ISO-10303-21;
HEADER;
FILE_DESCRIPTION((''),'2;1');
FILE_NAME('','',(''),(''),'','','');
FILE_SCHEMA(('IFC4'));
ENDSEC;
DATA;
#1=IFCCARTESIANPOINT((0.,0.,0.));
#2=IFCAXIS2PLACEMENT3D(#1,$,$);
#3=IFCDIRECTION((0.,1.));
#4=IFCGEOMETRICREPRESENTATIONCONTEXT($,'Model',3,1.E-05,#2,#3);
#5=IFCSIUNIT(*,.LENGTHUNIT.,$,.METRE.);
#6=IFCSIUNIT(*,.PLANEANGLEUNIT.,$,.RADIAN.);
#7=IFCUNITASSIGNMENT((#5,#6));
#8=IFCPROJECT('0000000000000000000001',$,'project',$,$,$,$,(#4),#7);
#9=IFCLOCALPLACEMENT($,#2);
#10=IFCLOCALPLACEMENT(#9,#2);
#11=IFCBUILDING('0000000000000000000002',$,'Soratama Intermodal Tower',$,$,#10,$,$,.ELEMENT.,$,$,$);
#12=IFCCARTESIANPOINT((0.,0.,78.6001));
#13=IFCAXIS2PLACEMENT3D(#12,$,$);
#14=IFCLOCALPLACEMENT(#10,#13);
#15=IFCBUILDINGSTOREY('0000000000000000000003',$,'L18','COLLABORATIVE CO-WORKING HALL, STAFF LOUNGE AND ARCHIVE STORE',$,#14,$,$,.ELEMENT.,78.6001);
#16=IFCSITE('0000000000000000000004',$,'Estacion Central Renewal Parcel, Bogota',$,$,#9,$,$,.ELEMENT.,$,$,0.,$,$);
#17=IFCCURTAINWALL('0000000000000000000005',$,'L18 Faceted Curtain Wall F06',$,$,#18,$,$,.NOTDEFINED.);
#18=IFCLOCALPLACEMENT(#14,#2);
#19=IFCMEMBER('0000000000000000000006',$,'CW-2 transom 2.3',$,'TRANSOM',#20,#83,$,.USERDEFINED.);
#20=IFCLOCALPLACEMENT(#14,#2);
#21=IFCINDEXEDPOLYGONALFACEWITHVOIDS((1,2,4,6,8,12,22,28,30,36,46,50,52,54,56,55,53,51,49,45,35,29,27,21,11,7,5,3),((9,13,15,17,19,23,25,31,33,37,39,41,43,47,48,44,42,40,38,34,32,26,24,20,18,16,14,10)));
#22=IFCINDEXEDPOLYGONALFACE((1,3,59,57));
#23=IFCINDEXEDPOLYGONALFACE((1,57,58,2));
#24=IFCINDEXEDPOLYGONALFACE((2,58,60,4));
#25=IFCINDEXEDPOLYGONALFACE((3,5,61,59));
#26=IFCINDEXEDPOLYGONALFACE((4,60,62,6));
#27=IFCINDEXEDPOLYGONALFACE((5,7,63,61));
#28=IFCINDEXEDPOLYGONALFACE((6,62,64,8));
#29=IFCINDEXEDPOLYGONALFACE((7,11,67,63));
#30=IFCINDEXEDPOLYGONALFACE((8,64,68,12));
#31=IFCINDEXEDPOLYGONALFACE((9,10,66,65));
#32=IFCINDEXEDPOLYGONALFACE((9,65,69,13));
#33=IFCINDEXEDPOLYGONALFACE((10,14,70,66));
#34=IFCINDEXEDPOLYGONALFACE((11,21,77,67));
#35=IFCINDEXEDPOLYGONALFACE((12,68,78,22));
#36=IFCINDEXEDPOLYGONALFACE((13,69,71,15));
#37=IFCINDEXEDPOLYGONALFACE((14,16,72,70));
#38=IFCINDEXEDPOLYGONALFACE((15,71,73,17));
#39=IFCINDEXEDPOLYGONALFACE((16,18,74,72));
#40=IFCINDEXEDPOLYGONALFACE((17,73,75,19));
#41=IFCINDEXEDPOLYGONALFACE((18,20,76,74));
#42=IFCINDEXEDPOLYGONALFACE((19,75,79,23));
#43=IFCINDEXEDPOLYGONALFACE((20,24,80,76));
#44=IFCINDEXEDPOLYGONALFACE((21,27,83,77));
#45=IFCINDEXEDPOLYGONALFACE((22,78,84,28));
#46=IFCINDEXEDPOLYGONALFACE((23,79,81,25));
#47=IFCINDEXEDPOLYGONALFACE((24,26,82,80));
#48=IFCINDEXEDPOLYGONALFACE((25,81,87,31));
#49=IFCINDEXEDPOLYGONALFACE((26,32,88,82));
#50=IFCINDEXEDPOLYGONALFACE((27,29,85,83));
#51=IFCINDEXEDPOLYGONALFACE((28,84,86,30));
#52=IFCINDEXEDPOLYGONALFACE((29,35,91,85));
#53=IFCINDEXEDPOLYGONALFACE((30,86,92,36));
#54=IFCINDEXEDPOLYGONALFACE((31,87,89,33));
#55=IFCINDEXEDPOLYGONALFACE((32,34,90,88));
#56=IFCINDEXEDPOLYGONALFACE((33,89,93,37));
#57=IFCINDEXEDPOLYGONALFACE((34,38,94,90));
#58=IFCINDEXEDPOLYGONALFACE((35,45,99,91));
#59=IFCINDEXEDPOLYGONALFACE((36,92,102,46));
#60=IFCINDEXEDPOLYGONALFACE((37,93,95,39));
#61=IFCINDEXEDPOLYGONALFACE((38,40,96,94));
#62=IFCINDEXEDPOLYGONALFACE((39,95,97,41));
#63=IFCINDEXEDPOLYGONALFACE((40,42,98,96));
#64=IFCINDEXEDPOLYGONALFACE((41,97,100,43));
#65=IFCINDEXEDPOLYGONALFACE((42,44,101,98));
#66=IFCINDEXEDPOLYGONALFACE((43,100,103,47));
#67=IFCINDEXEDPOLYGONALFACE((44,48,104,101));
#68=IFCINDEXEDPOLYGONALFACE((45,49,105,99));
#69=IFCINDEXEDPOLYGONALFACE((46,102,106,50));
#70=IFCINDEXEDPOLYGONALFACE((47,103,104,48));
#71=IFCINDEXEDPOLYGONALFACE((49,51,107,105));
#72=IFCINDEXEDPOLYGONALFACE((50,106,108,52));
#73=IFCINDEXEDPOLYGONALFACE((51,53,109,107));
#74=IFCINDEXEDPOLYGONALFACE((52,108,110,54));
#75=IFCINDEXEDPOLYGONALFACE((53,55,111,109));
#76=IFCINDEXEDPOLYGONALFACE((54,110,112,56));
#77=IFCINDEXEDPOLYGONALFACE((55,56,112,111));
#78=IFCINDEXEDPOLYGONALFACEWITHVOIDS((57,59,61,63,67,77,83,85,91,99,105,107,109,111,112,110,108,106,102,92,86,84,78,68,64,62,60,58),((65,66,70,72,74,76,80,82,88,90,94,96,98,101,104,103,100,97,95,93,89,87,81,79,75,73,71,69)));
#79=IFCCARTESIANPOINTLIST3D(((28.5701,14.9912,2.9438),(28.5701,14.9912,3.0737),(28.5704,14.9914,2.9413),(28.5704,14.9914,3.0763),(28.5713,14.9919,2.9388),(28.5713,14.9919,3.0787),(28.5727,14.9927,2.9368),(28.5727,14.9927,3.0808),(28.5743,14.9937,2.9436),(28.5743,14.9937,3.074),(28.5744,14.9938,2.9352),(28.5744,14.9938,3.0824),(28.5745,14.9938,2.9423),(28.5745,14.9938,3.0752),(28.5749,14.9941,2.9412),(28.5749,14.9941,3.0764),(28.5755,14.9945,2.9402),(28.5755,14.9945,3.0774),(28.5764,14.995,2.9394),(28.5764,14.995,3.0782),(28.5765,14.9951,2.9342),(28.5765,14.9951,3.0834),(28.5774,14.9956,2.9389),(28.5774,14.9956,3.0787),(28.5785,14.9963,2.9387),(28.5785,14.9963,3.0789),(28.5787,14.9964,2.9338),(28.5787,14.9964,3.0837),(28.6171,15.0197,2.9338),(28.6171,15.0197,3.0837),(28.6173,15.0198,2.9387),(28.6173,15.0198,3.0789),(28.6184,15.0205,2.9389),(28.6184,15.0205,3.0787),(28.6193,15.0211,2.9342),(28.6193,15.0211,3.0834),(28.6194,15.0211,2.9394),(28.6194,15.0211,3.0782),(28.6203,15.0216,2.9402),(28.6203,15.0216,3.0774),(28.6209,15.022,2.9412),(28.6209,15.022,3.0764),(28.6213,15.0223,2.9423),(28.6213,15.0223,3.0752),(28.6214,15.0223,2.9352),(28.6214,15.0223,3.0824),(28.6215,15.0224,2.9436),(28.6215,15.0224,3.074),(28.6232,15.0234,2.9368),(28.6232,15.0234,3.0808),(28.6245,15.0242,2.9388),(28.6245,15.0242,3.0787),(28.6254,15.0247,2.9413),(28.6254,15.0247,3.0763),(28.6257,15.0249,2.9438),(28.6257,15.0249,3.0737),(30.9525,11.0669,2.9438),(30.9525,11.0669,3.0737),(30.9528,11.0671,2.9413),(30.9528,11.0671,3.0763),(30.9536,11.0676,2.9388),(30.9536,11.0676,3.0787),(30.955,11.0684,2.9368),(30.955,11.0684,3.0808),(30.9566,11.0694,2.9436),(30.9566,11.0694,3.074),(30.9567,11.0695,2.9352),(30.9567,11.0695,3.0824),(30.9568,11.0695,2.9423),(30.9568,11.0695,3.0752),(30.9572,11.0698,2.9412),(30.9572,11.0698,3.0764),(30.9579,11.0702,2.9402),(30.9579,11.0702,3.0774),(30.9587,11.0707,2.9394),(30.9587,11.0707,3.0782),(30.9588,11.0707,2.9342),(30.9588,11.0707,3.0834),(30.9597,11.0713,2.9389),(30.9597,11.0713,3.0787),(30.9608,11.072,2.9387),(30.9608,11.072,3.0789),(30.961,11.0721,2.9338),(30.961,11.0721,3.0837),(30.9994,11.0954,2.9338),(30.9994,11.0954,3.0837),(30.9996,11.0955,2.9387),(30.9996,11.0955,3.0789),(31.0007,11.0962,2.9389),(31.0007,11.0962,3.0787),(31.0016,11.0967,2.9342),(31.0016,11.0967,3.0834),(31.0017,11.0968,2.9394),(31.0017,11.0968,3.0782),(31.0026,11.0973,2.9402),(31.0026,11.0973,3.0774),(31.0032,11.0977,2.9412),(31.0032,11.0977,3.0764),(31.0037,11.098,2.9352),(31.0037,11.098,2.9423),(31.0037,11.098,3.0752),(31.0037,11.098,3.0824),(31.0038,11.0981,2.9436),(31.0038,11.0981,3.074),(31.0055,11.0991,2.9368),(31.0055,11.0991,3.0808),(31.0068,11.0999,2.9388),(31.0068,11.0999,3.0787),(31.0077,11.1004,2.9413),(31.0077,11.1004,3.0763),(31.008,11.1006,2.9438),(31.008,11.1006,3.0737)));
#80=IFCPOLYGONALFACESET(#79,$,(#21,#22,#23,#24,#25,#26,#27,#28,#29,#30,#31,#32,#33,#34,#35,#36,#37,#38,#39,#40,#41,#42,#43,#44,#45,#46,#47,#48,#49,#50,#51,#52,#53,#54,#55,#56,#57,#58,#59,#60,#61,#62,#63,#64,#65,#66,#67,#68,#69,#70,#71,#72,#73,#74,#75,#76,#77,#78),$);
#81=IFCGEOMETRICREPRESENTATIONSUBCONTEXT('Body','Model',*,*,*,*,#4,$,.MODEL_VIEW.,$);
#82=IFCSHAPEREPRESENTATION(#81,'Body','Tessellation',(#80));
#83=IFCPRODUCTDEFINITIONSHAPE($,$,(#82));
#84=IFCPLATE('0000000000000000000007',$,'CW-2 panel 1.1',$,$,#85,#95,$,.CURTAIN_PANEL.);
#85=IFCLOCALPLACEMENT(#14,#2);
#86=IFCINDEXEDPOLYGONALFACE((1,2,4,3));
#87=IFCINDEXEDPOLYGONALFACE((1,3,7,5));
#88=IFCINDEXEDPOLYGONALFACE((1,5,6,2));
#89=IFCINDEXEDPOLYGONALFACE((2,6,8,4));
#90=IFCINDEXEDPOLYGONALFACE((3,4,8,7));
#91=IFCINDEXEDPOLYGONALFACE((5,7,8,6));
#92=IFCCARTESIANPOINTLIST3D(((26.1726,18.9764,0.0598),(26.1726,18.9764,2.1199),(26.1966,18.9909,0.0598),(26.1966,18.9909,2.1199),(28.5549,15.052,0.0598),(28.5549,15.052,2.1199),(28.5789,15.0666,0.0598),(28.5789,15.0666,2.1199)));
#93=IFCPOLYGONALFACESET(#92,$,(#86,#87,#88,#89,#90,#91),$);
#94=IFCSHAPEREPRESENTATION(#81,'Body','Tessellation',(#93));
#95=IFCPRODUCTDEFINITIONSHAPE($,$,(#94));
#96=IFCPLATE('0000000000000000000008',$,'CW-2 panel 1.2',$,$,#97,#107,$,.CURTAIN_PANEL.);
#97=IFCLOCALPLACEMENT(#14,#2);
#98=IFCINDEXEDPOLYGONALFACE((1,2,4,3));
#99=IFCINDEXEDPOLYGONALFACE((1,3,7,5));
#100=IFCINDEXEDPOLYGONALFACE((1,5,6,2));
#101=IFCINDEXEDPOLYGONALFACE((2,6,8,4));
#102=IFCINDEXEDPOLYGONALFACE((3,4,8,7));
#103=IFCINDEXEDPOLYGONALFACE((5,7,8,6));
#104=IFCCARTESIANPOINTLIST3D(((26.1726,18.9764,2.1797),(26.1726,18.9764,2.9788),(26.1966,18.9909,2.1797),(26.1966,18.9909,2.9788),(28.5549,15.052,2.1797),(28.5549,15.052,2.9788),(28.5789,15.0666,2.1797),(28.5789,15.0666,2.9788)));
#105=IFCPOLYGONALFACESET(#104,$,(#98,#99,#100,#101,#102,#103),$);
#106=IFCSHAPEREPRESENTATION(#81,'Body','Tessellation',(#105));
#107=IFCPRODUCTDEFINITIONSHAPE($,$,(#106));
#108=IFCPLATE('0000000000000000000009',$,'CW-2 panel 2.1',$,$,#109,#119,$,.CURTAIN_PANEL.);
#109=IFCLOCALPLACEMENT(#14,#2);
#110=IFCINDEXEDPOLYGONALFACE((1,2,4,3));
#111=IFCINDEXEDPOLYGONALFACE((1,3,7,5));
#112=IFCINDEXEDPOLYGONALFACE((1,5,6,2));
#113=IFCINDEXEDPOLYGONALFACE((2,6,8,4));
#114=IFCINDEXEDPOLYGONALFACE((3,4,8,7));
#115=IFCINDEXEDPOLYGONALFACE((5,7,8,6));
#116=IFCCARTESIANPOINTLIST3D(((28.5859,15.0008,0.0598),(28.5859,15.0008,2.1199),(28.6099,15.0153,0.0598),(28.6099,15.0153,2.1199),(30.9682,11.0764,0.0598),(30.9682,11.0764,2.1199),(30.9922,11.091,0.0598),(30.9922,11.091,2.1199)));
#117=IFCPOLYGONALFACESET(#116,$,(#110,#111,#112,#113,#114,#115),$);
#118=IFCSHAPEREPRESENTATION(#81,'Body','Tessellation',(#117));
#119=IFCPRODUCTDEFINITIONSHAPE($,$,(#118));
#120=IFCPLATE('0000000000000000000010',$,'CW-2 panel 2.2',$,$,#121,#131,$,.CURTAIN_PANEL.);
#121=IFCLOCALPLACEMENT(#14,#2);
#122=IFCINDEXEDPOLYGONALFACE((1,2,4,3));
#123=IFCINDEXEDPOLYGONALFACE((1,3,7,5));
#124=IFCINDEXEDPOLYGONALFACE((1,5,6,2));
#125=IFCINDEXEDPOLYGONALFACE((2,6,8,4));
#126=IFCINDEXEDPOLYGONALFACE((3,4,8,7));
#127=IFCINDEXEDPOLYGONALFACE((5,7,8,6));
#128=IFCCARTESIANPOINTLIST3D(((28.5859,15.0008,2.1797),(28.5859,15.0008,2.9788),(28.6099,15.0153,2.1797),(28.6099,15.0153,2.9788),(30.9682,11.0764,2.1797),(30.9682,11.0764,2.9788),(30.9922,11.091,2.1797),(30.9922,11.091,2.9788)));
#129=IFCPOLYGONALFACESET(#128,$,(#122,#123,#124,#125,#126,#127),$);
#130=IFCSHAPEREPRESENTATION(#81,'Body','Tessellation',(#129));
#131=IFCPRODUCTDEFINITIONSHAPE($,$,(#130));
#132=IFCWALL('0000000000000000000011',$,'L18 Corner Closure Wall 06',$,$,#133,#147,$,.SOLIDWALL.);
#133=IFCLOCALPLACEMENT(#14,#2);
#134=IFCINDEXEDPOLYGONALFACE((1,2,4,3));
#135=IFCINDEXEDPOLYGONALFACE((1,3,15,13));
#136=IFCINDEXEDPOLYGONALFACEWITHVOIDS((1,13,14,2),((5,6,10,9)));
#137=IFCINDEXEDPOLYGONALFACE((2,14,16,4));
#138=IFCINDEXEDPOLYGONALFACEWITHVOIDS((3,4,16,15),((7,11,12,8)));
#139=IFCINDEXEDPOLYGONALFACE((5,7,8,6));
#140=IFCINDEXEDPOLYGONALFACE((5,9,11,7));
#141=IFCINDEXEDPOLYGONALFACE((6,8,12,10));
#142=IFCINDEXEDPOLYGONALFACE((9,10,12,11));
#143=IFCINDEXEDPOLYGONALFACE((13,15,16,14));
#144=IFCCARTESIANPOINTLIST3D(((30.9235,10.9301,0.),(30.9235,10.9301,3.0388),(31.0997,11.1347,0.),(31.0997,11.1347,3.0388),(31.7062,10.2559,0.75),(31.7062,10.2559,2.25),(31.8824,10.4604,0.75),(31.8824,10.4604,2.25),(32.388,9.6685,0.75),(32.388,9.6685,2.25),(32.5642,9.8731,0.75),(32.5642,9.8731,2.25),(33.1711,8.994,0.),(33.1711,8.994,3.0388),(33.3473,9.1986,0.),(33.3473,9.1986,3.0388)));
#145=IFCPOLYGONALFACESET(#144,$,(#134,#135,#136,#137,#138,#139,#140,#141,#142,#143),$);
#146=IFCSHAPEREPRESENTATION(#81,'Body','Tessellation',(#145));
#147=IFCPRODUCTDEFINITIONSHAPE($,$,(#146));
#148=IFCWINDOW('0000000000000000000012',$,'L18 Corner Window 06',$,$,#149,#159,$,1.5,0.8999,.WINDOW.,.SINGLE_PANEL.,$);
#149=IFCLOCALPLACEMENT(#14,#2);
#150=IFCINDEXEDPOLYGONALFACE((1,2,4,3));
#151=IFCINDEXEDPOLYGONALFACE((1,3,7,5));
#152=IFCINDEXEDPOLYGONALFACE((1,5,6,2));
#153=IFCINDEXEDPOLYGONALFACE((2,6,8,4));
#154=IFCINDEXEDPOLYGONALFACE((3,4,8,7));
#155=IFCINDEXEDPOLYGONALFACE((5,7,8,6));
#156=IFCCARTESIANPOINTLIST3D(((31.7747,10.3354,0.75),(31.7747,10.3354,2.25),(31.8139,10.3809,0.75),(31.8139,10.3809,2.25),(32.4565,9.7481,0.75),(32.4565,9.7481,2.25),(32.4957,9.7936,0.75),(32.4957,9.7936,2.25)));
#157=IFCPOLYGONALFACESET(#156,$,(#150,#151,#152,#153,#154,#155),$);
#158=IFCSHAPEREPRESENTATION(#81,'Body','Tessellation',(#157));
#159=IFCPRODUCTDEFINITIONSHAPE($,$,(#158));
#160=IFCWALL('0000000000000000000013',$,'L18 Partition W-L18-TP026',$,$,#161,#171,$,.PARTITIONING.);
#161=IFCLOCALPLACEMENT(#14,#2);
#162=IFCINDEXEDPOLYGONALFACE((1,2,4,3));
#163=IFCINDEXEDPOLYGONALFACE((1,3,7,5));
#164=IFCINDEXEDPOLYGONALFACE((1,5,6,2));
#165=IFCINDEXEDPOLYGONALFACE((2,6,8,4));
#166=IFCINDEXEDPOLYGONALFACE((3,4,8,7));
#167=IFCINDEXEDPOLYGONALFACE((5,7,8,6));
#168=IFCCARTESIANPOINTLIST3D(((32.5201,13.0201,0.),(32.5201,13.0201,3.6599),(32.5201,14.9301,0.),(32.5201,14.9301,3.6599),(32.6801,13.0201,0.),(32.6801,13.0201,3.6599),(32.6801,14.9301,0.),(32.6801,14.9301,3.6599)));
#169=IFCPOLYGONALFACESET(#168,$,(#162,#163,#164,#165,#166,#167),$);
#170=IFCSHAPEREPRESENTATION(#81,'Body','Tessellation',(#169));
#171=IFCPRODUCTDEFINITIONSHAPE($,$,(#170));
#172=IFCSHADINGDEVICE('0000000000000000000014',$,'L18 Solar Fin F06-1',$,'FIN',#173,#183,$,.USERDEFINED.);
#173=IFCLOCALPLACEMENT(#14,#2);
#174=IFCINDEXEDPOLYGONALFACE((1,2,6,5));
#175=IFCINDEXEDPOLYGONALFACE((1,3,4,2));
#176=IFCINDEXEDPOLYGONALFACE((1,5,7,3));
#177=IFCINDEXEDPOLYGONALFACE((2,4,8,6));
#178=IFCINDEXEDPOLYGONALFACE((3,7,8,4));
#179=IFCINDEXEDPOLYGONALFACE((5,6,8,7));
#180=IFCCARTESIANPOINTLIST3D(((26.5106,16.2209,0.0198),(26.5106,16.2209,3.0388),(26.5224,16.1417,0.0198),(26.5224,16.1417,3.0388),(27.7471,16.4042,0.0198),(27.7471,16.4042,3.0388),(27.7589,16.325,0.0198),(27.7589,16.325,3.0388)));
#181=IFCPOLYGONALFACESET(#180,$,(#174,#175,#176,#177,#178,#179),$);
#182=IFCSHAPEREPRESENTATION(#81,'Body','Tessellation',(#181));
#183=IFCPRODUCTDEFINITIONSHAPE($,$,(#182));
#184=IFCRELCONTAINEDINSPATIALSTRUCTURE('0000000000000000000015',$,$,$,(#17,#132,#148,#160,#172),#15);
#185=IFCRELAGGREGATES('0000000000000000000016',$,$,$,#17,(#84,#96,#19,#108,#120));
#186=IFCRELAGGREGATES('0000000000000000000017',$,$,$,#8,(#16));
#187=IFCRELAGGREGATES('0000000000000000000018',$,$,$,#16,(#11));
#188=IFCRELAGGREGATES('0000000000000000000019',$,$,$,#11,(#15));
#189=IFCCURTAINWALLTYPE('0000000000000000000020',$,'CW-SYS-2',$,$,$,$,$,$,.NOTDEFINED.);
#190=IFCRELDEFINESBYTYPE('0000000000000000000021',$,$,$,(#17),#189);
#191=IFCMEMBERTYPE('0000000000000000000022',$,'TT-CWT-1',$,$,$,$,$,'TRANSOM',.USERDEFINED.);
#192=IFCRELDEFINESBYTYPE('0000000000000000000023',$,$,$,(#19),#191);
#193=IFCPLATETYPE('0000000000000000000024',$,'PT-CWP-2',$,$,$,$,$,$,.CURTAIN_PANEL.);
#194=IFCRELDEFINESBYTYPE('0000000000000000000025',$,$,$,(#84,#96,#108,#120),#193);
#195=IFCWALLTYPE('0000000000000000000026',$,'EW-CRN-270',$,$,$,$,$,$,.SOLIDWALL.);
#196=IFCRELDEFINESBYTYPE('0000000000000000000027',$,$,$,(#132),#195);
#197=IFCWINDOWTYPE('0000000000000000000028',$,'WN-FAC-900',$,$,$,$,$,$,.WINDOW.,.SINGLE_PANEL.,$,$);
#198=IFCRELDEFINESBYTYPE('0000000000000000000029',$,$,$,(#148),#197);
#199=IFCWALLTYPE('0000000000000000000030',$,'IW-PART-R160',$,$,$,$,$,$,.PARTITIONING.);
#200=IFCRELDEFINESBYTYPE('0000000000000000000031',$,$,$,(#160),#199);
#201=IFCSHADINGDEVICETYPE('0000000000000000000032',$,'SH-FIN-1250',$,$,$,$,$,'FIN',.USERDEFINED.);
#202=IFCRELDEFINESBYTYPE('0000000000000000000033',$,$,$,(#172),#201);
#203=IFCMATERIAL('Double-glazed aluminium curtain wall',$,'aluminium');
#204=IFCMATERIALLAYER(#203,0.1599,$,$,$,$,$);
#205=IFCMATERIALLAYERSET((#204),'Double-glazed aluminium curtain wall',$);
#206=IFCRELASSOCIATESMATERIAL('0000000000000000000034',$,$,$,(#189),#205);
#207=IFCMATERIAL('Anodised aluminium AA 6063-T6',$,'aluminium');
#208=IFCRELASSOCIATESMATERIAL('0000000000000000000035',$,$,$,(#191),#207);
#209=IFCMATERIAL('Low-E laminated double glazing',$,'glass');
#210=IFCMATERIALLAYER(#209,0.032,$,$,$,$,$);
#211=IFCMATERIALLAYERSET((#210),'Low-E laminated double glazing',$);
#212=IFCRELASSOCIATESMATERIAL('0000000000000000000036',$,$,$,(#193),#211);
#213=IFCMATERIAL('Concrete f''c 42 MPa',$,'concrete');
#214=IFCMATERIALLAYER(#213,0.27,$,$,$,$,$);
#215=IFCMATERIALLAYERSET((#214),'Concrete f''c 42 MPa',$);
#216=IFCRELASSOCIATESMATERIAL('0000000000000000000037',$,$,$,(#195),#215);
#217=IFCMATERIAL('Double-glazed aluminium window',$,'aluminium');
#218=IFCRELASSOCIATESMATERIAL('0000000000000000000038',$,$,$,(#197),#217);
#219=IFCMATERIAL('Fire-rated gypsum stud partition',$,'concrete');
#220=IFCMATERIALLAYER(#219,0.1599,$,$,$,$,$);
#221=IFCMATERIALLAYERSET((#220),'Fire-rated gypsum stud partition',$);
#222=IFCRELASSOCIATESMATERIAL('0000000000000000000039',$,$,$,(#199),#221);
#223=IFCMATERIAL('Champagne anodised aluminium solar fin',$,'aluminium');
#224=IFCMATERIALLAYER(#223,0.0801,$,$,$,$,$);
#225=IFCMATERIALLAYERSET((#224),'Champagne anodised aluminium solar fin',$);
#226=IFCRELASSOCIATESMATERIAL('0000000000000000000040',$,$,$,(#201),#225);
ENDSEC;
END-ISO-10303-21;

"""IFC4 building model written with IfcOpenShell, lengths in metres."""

from ifc_helpers import new_model, si_unit, direction, frame, frame_2d, origin, origin_2d, place, context, subcontext, project, spatial, rectangle, hollow_rectangle, extrude, material, layer, layer_set, material_profile, profile_set, type_object, element, fill, aggregate, save


model = new_model("IFC4")

# Units and contexts
model_context = context("Model", 3, precision=1e-05, world=origin(), true_north=direction((0.0, 1.0)))
body_context = subcontext(model_context, "Body", "Model", "MODEL_VIEW")
ifc_project = project(units=[si_unit("LENGTHUNIT", "METRE"), si_unit("PLANEANGLEUNIT", "RADIAN")], contexts=[model_context])

# Site, building, storey
site_placement = place(None, origin())
site = spatial("IfcSite", under=ifc_project, at=site_placement, Name="Estacion Central Renewal Parcel, Bogota", CompositionType="ELEMENT", RefElevation=0.0)
building_placement = place(site_placement, origin())
building = spatial("IfcBuilding", under=site, at=building_placement, Name="Soratama Intermodal Tower", CompositionType="ELEMENT")
storey_placement = place(building_placement, frame((0.0, 0.0, 78.6001)))
storey = spatial("IfcBuildingStorey", under=building, at=storey_placement, Name="L18", Description="COLLABORATIVE CO-WORKING HALL, STAFF LOUNGE AND ARCHIVE STORE", CompositionType="ELEMENT", Elevation=78.6001)

# Curtain wall, member, plates
ifc_material_1 = material(Name="Double-glazed aluminium curtain wall", Category="aluminium")
ifc_layer_1 = layer(ifc_material_1, 0.1599)
ifc_layer_set_1 = layer_set([ifc_layer_1], Name="Double-glazed aluminium curtain wall")
curtain_wall_type = type_object("IfcCurtainWallType", Name="CW-SYS-2", PredefinedType="NOTDEFINED", material=ifc_layer_set_1)
curtain_wall_placement = place(storey_placement, origin())
curtain_wall = element("IfcCurtainWall", 1, at=curtain_wall_placement, inside=storey, type_object=curtain_wall_type, Name="L18 Faceted Curtain Wall F06", PredefinedType="NOTDEFINED")
ifc_material_2 = material(Name="Anodised aluminium AA 6063-T6", Category="aluminium")
ifc_material_profile_1 = material_profile(ifc_material_2, hollow_rectangle(XDim=0.0649, YDim=0.1499, WallThickness=0.0049, InnerFilletRadius=0.0049, OuterFilletRadius=0.01, at=origin_2d()), Name="CWT150X65X5")
ifc_profile_set_1 = profile_set([ifc_material_profile_1], Name="Anodised aluminium AA 6063-T6")
member_type_1 = type_object("IfcMemberType", Name="TT-CWT-1", ElementType="TRANSOM", PredefinedType="USERDEFINED", material=ifc_profile_set_1)
member_1_placement = place(storey_placement, frame((28.5979, 15.0081, 3.0088), z_axis=(0.518931, -0.854816, 0.0), x_axis=(0.854816, 0.518931, 0.0)))
member_1 = element("IfcMember", 2, at=member_1_placement, type_object=member_type_1, Name="CW-2 transom 2.3", ObjectType="TRANSOM", PredefinedType="USERDEFINED", context=body_context, shape_type="SweptSolid", body=[
    extrude(hollow_rectangle(XDim=0.0649, YDim=0.1499, WallThickness=0.0049, InnerFilletRadius=0.0049, OuterFilletRadius=0.01, at=origin_2d()), origin(), (0.0, 0.0, 1.0), 4.5908),
])
ifc_material_3 = material(Name="Low-E laminated double glazing", Category="glass")
ifc_layer_2 = layer(ifc_material_3, 0.032)
ifc_layer_set_2 = layer_set([ifc_layer_2], Name="Low-E laminated double glazing")
plate_type = type_object("IfcPlateType", Name="PT-CWP-2", PredefinedType="CURTAIN_PANEL", material=ifc_layer_set_2)
plate_1_placement = place(storey_placement, frame((27.3757, 17.0215, 0.0598), z_axis=(0.0, 0.0, 1.0), x_axis=(0.518923, -0.854821, 0.0)))
plate_1 = element("IfcPlate", 3, at=plate_1_placement, type_object=plate_type, Name="CW-2 panel 1.1", PredefinedType="CURTAIN_PANEL", context=body_context, shape_type="SweptSolid", body=[
    extrude(rectangle(XDim=4.5908, YDim=0.0281, at=origin_2d()), origin(), (0.0, 0.0, 1.0), 2.0601),
])
plate_2_placement = place(storey_placement, frame((27.3757, 17.0215, 2.1797), z_axis=(0.0, 0.0, 1.0), x_axis=(0.518923, -0.854821, 0.0)))
plate_2 = element("IfcPlate", 4, at=plate_2_placement, type_object=plate_type, Name="CW-2 panel 1.2", PredefinedType="CURTAIN_PANEL", context=body_context, shape_type="SweptSolid", body=[
    extrude(rectangle(XDim=4.5908, YDim=0.0281, at=origin_2d()), origin(), (0.0, 0.0, 1.0), 0.7991),
])
plate_3_placement = place(storey_placement, frame((29.7891, 13.0459, 0.0598), z_axis=(0.0, 0.0, 1.0), x_axis=(0.518923, -0.854821, 0.0)))
plate_3 = element("IfcPlate", 5, at=plate_3_placement, type_object=plate_type, Name="CW-2 panel 2.1", PredefinedType="CURTAIN_PANEL", context=body_context, shape_type="SweptSolid", body=[
    extrude(rectangle(XDim=4.5908, YDim=0.0281, at=origin_2d()), origin(), (0.0, 0.0, 1.0), 2.0601),
])
plate_4_placement = place(storey_placement, frame((29.7891, 13.0459, 2.1797), z_axis=(0.0, 0.0, 1.0), x_axis=(0.518923, -0.854821, 0.0)))
plate_4 = element("IfcPlate", 6, at=plate_4_placement, type_object=plate_type, Name="CW-2 panel 2.2", PredefinedType="CURTAIN_PANEL", context=body_context, shape_type="SweptSolid", body=[
    extrude(rectangle(XDim=4.5908, YDim=0.0281, at=origin_2d()), origin(), (0.0, 0.0, 1.0), 0.7991),
])
aggregate(curtain_wall, [plate_1, plate_2, member_1, plate_3, plate_4])

# Wall, opening, window
ifc_material_4 = material(Name="Concrete f'c 42 MPa", Category="concrete")
ifc_layer_3 = layer(ifc_material_4, 0.27)
ifc_layer_set_3 = layer_set([ifc_layer_3], Name="Concrete f'c 42 MPa")
wall_type_1 = type_object("IfcWallType", Name="EW-CRN-270", PredefinedType="SOLIDWALL", material=ifc_layer_set_3)
wall_1_placement = place(storey_placement, frame((31.0115, 11.0325, 0.0), z_axis=(0.0, 0.0, 1.0), x_axis=(0.757663, -0.652647, 0.0)))
wall_1 = element("IfcWall", 7, at=wall_1_placement, inside=storey, type_object=wall_type_1, Name="L18 Corner Closure Wall 06", PredefinedType="SOLIDWALL", context=body_context, shape_type="SweptSolid", body=[
    extrude(rectangle(XDim=2.9666, YDim=0.27, at=frame_2d((1.4834, 0.0))), origin(), (0.0, 0.0, 1.0), 3.0388),
])
opening_placement = place(wall_1_placement, frame((1.0332, 0.0, 0.75)))
opening = element("IfcOpeningElement", 8, at=opening_placement, cuts=wall_1, PredefinedType="OPENING", context=body_context, shape_type="SweptSolid", body=[
    extrude(rectangle(XDim=0.8999, YDim=1.5, at=frame_2d((0.45, 0.75))), frame((0.0, 0.145, 0.0), z_axis=(0.0, -1.0, 0.0), x_axis=(1.0, 0.0, 0.0)), (0.0, 0.0, 1.0), 0.29),
])
ifc_material_5 = material(Name="Double-glazed aluminium window", Category="aluminium")
window_type = type_object("IfcWindowType", Name="WN-FAC-900", PartitioningType="SINGLE_PANEL", PredefinedType="WINDOW", material=ifc_material_5)
window_placement = place(opening_placement, origin())
window = element("IfcWindow", 9, at=window_placement, inside=storey, type_object=window_type, Name="L18 Corner Window 06", OverallHeight=1.5, OverallWidth=0.8999, PartitioningType="SINGLE_PANEL", PredefinedType="WINDOW", context=body_context, shape_type="SweptSolid", body=[
    extrude(rectangle(XDim=0.8999, YDim=1.5, at=frame_2d((0.45, 0.75))), frame((0.0, 0.03, 0.0), z_axis=(0.0, -1.0, 0.0), x_axis=(1.0, 0.0, 0.0)), (0.0, 0.0, 1.0), 0.0601),
])
fill(opening, window)

# Wall
ifc_material_6 = material(Name="Fire-rated gypsum stud partition", Category="concrete")
ifc_layer_4 = layer(ifc_material_6, 0.1599)
ifc_layer_set_4 = layer_set([ifc_layer_4], Name="Fire-rated gypsum stud partition")
wall_type_2 = type_object("IfcWallType", Name="IW-PART-R160", PredefinedType="PARTITIONING", material=ifc_layer_set_4)
wall_2_placement = place(storey_placement, frame((32.6001, 13.02, 0.0), z_axis=(0.0, 0.0, 1.0), x_axis=(0.0, 1.0, 0.0)))
element("IfcWall", 10, at=wall_2_placement, inside=storey, type_object=wall_type_2, Name="L18 Partition W-L18-TP026", PredefinedType="PARTITIONING", context=body_context, shape_type="SweptSolid", body=[
    extrude(rectangle(XDim=1.9099, YDim=0.1599, at=frame_2d((0.9551, 0.0))), origin(), (0.0, 0.0, 1.0), 3.6599),
])

# Shading device
ifc_material_7 = material(Name="Champagne anodised aluminium solar fin", Category="aluminium")
ifc_layer_5 = layer(ifc_material_7, 0.0801)
ifc_layer_set_5 = layer_set([ifc_layer_5], Name="Champagne anodised aluminium solar fin")
shading_device_type = type_object("IfcShadingDeviceType", Name="SH-FIN-1250", ElementType="FIN", PredefinedType="USERDEFINED", material=ifc_layer_set_5)
for number, where, z_axis, x_axis, name in (
    (11, (27.1348, 16.2729, 0.0198), (0.0, 0.0, 1.0), (-0.989196, -0.146601, 0.0), "L18 Solar Fin F06-1"),
):
    element("IfcShadingDevice", number, at=place(storey_placement, frame(where, z_axis=z_axis, x_axis=x_axis)), inside=storey, type_object=shading_device_type, Name=name, ObjectType="FIN", PredefinedType="USERDEFINED", context=body_context, shape_type="SweptSolid", body=[
        extrude(rectangle(XDim=1.25, YDim=0.0801, at=origin_2d()), origin(), (0.0, 0.0, 1.0), 3.019),
    ])

save(model, "model.ifc")
